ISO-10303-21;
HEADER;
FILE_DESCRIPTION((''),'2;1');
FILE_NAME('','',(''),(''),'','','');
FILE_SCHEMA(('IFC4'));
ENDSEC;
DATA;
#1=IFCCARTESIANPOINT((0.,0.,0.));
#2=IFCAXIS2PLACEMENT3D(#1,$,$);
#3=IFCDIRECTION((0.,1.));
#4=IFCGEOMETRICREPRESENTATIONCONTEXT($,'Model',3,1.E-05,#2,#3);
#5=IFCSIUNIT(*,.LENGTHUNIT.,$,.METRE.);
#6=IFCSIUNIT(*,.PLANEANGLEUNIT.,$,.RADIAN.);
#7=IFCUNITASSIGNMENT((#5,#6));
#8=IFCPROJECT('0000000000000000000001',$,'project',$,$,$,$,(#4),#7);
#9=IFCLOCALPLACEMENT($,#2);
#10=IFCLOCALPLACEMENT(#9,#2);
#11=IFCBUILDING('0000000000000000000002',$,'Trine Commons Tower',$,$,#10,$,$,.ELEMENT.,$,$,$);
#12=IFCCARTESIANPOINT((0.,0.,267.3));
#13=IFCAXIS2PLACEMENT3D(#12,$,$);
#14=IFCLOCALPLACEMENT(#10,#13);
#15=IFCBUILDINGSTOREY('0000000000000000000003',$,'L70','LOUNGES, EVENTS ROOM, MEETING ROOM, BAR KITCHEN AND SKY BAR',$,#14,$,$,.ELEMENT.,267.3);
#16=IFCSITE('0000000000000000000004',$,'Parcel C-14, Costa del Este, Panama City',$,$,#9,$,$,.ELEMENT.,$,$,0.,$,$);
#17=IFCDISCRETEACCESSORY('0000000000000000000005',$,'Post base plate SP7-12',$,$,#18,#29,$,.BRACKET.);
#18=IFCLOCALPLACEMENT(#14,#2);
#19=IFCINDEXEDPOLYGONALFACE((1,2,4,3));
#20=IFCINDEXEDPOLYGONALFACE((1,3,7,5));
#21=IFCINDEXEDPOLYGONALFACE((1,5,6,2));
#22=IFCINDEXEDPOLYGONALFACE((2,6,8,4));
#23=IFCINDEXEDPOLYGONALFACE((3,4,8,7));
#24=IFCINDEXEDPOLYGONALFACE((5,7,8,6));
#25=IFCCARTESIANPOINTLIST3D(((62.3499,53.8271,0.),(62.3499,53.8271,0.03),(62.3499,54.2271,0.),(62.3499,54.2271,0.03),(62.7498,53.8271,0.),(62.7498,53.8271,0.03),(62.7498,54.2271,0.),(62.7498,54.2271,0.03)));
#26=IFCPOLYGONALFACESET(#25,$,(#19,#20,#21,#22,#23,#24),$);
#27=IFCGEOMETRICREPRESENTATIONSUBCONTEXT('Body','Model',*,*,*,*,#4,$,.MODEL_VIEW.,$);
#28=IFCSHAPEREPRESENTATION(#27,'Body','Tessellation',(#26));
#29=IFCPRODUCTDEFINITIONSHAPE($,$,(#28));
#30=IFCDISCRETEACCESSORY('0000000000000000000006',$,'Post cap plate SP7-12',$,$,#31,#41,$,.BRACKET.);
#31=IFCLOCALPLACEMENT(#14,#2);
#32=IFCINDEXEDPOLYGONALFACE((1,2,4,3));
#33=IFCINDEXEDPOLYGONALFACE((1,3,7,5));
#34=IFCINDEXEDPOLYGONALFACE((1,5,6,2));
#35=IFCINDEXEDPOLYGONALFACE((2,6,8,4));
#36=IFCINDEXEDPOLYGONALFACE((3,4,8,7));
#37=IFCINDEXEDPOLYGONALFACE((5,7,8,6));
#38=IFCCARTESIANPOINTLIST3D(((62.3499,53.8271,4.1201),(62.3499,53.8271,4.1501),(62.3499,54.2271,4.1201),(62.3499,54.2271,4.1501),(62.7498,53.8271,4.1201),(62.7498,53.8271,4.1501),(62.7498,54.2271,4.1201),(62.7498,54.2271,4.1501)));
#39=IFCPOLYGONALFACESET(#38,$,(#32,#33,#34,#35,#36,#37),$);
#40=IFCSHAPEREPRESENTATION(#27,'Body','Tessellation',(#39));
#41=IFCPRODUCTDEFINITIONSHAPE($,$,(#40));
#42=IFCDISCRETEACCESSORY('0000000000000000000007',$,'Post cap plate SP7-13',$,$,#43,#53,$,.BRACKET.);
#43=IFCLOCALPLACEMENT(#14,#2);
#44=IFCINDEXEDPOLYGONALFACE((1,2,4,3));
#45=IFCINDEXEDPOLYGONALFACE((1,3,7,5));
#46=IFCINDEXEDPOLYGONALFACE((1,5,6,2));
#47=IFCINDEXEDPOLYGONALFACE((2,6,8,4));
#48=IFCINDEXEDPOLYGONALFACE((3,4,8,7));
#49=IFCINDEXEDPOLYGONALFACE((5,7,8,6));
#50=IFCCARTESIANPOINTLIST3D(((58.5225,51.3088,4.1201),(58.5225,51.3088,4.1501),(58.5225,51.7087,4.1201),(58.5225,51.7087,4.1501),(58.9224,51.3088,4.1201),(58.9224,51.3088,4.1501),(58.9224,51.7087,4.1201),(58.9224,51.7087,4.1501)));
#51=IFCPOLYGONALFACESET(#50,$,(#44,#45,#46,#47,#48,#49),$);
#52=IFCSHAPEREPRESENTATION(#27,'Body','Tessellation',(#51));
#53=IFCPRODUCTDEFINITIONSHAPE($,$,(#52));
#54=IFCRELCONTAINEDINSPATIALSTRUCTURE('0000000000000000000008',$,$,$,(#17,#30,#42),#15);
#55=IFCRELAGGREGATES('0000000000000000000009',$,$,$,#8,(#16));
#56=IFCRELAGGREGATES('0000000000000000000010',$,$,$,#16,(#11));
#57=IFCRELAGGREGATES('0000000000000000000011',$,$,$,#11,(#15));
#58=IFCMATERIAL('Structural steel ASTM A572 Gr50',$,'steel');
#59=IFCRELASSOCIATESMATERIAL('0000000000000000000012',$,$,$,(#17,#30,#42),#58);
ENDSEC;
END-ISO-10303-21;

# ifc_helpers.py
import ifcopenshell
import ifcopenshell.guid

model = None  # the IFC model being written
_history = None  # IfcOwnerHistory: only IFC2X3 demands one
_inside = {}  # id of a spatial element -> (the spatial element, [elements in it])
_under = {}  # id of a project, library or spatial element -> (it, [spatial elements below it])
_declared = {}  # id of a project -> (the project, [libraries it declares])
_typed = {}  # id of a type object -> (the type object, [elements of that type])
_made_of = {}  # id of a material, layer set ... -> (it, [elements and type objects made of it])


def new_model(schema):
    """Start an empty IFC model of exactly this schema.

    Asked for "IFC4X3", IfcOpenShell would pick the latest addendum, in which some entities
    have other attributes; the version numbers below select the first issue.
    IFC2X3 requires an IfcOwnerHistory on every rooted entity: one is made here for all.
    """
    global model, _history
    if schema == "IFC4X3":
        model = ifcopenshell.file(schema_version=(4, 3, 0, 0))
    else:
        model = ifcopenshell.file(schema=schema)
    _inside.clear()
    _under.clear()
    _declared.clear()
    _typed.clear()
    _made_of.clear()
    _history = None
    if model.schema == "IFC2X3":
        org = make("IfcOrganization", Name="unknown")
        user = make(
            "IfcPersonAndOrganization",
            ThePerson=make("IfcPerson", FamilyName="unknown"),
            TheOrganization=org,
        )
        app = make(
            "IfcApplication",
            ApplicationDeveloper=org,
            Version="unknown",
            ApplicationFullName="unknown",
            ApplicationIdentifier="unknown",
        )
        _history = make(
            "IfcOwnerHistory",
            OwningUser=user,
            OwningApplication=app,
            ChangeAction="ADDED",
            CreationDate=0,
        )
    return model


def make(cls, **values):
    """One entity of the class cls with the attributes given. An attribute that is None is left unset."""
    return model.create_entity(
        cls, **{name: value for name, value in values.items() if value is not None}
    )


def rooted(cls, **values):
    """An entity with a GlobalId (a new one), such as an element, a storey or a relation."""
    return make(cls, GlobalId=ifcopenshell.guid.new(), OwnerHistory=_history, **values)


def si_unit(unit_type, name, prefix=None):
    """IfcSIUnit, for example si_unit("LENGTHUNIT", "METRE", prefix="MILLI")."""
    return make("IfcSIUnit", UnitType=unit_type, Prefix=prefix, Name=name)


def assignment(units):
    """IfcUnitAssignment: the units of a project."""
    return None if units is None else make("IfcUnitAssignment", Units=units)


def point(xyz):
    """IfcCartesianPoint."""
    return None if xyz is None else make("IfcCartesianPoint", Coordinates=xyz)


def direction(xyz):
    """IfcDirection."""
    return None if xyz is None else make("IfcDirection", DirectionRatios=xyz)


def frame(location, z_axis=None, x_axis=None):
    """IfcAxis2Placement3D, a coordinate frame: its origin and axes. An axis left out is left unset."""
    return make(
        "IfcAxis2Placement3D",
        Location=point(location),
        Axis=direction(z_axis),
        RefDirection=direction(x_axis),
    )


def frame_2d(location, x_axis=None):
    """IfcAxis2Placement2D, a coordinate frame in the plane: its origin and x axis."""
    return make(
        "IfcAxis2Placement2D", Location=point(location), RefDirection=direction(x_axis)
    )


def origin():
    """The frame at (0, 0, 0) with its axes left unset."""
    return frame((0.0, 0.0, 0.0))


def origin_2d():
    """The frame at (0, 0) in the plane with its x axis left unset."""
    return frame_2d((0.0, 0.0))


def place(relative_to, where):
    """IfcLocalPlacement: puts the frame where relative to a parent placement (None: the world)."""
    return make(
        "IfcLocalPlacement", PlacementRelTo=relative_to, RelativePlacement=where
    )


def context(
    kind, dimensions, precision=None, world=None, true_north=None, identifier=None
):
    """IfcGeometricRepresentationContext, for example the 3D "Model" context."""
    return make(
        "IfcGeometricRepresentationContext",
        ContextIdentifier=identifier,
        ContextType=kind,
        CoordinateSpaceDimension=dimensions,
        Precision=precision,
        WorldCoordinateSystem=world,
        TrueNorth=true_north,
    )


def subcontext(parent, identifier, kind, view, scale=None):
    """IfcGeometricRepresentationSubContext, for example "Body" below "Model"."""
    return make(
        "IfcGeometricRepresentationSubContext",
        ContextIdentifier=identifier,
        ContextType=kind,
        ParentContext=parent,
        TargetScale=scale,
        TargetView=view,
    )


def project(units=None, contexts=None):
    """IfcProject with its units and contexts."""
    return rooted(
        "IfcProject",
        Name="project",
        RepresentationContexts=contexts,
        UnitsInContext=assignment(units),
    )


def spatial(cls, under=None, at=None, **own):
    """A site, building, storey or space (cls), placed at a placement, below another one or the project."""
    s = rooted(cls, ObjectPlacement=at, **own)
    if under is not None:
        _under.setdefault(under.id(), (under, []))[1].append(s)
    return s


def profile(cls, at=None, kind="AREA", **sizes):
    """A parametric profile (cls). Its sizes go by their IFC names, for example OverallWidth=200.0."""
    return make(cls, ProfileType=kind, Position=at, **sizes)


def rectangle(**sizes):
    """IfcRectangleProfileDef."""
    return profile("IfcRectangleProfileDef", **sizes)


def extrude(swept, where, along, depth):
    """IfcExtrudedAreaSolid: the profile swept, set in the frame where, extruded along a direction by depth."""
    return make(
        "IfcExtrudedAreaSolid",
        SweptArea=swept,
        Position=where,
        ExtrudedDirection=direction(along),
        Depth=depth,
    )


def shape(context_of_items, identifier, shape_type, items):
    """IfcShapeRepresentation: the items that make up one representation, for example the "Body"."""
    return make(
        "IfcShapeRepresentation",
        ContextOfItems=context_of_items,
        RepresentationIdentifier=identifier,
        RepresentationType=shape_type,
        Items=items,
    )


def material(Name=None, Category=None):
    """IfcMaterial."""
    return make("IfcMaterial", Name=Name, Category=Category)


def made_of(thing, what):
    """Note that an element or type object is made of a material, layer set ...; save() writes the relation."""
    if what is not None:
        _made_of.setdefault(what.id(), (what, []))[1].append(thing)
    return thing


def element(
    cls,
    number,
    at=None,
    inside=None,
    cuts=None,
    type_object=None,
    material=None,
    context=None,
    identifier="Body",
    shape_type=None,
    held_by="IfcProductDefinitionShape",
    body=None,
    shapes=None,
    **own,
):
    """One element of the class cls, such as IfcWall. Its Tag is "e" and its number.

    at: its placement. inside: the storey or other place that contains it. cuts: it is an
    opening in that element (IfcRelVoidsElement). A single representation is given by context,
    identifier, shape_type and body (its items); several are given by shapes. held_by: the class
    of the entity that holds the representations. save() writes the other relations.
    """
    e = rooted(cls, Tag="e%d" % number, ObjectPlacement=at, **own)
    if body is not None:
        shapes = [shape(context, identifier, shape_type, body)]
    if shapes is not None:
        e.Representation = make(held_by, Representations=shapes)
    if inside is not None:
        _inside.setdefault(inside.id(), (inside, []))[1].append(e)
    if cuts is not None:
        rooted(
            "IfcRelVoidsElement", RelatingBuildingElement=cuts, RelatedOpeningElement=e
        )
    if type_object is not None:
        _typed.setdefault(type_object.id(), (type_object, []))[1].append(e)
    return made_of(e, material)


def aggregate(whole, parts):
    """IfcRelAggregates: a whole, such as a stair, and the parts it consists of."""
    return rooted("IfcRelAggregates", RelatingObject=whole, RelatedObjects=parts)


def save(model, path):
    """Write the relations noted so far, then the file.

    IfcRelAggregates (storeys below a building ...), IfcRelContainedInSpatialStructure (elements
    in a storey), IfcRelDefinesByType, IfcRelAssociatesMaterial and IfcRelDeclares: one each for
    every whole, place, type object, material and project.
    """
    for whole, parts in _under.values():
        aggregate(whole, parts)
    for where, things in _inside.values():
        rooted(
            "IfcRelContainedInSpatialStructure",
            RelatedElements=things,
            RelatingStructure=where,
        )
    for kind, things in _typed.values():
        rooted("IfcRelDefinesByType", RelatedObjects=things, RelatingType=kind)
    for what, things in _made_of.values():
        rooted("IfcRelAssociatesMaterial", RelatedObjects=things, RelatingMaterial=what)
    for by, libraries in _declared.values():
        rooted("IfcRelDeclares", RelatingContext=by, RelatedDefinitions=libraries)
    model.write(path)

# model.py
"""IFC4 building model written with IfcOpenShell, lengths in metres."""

from ifc_helpers import new_model, si_unit, direction, frame, origin, origin_2d, place, context, subcontext, project, spatial, rectangle, extrude, material, element, save


model = new_model("IFC4")

# Units and contexts
model_context = context("Model", 3, precision=1e-05, world=origin(), true_north=direction((0.0, 1.0)))
body_context = subcontext(model_context, "Body", "Model", "MODEL_VIEW")
ifc_project = project(units=[si_unit("LENGTHUNIT", "METRE"), si_unit("PLANEANGLEUNIT", "RADIAN")], contexts=[model_context])

# Site, building, storey
site_placement = place(None, origin())
site = spatial("IfcSite", under=ifc_project, at=site_placement, Name="Parcel C-14, Costa del Este, Panama City", CompositionType="ELEMENT", RefElevation=0.0)
building_placement = place(site_placement, origin())
building = spatial("IfcBuilding", under=site, at=building_placement, Name="Trine Commons Tower", CompositionType="ELEMENT")
storey_placement = place(building_placement, frame((0.0, 0.0, 267.3)))
storey = spatial("IfcBuildingStorey", under=building, at=storey_placement, Name="L70", Description="LOUNGES, EVENTS ROOM, MEETING ROOM, BAR KITCHEN AND SKY BAR", CompositionType="ELEMENT", Elevation=267.3)

# Discrete accessories
ifc_material_1 = material(Name="Structural steel ASTM A572 Gr50", Category="steel")
for number, where, z_axis, x_axis, name in (
    (1, (62.5498, 54.0271, 0.0), (0.0, 0.0, 1.0), (1.0, 0.0, 0.0), "Post base plate SP7-12"),
    (2, (62.5498, 54.0271, 4.1201), (0.0, 0.0, 1.0), (1.0, 0.0, 0.0), "Post cap plate SP7-12"),
    (3, (58.7224, 51.5088, 4.1201), (0.0, 0.0, 1.0), (1.0, 0.0, 0.0), "Post cap plate SP7-13"),
):
    element("IfcDiscreteAccessory", number, at=place(storey_placement, frame(where, z_axis=z_axis, x_axis=x_axis)), inside=storey, material=ifc_material_1, Name=name, PredefinedType="BRACKET", context=body_context, shape_type="SweptSolid", body=[
        extrude(rectangle(XDim=0.3999, YDim=0.3999, at=origin_2d()), origin(), (0.0, 0.0, 1.0), 0.03),
    ])

save(model, "model.ifc")
